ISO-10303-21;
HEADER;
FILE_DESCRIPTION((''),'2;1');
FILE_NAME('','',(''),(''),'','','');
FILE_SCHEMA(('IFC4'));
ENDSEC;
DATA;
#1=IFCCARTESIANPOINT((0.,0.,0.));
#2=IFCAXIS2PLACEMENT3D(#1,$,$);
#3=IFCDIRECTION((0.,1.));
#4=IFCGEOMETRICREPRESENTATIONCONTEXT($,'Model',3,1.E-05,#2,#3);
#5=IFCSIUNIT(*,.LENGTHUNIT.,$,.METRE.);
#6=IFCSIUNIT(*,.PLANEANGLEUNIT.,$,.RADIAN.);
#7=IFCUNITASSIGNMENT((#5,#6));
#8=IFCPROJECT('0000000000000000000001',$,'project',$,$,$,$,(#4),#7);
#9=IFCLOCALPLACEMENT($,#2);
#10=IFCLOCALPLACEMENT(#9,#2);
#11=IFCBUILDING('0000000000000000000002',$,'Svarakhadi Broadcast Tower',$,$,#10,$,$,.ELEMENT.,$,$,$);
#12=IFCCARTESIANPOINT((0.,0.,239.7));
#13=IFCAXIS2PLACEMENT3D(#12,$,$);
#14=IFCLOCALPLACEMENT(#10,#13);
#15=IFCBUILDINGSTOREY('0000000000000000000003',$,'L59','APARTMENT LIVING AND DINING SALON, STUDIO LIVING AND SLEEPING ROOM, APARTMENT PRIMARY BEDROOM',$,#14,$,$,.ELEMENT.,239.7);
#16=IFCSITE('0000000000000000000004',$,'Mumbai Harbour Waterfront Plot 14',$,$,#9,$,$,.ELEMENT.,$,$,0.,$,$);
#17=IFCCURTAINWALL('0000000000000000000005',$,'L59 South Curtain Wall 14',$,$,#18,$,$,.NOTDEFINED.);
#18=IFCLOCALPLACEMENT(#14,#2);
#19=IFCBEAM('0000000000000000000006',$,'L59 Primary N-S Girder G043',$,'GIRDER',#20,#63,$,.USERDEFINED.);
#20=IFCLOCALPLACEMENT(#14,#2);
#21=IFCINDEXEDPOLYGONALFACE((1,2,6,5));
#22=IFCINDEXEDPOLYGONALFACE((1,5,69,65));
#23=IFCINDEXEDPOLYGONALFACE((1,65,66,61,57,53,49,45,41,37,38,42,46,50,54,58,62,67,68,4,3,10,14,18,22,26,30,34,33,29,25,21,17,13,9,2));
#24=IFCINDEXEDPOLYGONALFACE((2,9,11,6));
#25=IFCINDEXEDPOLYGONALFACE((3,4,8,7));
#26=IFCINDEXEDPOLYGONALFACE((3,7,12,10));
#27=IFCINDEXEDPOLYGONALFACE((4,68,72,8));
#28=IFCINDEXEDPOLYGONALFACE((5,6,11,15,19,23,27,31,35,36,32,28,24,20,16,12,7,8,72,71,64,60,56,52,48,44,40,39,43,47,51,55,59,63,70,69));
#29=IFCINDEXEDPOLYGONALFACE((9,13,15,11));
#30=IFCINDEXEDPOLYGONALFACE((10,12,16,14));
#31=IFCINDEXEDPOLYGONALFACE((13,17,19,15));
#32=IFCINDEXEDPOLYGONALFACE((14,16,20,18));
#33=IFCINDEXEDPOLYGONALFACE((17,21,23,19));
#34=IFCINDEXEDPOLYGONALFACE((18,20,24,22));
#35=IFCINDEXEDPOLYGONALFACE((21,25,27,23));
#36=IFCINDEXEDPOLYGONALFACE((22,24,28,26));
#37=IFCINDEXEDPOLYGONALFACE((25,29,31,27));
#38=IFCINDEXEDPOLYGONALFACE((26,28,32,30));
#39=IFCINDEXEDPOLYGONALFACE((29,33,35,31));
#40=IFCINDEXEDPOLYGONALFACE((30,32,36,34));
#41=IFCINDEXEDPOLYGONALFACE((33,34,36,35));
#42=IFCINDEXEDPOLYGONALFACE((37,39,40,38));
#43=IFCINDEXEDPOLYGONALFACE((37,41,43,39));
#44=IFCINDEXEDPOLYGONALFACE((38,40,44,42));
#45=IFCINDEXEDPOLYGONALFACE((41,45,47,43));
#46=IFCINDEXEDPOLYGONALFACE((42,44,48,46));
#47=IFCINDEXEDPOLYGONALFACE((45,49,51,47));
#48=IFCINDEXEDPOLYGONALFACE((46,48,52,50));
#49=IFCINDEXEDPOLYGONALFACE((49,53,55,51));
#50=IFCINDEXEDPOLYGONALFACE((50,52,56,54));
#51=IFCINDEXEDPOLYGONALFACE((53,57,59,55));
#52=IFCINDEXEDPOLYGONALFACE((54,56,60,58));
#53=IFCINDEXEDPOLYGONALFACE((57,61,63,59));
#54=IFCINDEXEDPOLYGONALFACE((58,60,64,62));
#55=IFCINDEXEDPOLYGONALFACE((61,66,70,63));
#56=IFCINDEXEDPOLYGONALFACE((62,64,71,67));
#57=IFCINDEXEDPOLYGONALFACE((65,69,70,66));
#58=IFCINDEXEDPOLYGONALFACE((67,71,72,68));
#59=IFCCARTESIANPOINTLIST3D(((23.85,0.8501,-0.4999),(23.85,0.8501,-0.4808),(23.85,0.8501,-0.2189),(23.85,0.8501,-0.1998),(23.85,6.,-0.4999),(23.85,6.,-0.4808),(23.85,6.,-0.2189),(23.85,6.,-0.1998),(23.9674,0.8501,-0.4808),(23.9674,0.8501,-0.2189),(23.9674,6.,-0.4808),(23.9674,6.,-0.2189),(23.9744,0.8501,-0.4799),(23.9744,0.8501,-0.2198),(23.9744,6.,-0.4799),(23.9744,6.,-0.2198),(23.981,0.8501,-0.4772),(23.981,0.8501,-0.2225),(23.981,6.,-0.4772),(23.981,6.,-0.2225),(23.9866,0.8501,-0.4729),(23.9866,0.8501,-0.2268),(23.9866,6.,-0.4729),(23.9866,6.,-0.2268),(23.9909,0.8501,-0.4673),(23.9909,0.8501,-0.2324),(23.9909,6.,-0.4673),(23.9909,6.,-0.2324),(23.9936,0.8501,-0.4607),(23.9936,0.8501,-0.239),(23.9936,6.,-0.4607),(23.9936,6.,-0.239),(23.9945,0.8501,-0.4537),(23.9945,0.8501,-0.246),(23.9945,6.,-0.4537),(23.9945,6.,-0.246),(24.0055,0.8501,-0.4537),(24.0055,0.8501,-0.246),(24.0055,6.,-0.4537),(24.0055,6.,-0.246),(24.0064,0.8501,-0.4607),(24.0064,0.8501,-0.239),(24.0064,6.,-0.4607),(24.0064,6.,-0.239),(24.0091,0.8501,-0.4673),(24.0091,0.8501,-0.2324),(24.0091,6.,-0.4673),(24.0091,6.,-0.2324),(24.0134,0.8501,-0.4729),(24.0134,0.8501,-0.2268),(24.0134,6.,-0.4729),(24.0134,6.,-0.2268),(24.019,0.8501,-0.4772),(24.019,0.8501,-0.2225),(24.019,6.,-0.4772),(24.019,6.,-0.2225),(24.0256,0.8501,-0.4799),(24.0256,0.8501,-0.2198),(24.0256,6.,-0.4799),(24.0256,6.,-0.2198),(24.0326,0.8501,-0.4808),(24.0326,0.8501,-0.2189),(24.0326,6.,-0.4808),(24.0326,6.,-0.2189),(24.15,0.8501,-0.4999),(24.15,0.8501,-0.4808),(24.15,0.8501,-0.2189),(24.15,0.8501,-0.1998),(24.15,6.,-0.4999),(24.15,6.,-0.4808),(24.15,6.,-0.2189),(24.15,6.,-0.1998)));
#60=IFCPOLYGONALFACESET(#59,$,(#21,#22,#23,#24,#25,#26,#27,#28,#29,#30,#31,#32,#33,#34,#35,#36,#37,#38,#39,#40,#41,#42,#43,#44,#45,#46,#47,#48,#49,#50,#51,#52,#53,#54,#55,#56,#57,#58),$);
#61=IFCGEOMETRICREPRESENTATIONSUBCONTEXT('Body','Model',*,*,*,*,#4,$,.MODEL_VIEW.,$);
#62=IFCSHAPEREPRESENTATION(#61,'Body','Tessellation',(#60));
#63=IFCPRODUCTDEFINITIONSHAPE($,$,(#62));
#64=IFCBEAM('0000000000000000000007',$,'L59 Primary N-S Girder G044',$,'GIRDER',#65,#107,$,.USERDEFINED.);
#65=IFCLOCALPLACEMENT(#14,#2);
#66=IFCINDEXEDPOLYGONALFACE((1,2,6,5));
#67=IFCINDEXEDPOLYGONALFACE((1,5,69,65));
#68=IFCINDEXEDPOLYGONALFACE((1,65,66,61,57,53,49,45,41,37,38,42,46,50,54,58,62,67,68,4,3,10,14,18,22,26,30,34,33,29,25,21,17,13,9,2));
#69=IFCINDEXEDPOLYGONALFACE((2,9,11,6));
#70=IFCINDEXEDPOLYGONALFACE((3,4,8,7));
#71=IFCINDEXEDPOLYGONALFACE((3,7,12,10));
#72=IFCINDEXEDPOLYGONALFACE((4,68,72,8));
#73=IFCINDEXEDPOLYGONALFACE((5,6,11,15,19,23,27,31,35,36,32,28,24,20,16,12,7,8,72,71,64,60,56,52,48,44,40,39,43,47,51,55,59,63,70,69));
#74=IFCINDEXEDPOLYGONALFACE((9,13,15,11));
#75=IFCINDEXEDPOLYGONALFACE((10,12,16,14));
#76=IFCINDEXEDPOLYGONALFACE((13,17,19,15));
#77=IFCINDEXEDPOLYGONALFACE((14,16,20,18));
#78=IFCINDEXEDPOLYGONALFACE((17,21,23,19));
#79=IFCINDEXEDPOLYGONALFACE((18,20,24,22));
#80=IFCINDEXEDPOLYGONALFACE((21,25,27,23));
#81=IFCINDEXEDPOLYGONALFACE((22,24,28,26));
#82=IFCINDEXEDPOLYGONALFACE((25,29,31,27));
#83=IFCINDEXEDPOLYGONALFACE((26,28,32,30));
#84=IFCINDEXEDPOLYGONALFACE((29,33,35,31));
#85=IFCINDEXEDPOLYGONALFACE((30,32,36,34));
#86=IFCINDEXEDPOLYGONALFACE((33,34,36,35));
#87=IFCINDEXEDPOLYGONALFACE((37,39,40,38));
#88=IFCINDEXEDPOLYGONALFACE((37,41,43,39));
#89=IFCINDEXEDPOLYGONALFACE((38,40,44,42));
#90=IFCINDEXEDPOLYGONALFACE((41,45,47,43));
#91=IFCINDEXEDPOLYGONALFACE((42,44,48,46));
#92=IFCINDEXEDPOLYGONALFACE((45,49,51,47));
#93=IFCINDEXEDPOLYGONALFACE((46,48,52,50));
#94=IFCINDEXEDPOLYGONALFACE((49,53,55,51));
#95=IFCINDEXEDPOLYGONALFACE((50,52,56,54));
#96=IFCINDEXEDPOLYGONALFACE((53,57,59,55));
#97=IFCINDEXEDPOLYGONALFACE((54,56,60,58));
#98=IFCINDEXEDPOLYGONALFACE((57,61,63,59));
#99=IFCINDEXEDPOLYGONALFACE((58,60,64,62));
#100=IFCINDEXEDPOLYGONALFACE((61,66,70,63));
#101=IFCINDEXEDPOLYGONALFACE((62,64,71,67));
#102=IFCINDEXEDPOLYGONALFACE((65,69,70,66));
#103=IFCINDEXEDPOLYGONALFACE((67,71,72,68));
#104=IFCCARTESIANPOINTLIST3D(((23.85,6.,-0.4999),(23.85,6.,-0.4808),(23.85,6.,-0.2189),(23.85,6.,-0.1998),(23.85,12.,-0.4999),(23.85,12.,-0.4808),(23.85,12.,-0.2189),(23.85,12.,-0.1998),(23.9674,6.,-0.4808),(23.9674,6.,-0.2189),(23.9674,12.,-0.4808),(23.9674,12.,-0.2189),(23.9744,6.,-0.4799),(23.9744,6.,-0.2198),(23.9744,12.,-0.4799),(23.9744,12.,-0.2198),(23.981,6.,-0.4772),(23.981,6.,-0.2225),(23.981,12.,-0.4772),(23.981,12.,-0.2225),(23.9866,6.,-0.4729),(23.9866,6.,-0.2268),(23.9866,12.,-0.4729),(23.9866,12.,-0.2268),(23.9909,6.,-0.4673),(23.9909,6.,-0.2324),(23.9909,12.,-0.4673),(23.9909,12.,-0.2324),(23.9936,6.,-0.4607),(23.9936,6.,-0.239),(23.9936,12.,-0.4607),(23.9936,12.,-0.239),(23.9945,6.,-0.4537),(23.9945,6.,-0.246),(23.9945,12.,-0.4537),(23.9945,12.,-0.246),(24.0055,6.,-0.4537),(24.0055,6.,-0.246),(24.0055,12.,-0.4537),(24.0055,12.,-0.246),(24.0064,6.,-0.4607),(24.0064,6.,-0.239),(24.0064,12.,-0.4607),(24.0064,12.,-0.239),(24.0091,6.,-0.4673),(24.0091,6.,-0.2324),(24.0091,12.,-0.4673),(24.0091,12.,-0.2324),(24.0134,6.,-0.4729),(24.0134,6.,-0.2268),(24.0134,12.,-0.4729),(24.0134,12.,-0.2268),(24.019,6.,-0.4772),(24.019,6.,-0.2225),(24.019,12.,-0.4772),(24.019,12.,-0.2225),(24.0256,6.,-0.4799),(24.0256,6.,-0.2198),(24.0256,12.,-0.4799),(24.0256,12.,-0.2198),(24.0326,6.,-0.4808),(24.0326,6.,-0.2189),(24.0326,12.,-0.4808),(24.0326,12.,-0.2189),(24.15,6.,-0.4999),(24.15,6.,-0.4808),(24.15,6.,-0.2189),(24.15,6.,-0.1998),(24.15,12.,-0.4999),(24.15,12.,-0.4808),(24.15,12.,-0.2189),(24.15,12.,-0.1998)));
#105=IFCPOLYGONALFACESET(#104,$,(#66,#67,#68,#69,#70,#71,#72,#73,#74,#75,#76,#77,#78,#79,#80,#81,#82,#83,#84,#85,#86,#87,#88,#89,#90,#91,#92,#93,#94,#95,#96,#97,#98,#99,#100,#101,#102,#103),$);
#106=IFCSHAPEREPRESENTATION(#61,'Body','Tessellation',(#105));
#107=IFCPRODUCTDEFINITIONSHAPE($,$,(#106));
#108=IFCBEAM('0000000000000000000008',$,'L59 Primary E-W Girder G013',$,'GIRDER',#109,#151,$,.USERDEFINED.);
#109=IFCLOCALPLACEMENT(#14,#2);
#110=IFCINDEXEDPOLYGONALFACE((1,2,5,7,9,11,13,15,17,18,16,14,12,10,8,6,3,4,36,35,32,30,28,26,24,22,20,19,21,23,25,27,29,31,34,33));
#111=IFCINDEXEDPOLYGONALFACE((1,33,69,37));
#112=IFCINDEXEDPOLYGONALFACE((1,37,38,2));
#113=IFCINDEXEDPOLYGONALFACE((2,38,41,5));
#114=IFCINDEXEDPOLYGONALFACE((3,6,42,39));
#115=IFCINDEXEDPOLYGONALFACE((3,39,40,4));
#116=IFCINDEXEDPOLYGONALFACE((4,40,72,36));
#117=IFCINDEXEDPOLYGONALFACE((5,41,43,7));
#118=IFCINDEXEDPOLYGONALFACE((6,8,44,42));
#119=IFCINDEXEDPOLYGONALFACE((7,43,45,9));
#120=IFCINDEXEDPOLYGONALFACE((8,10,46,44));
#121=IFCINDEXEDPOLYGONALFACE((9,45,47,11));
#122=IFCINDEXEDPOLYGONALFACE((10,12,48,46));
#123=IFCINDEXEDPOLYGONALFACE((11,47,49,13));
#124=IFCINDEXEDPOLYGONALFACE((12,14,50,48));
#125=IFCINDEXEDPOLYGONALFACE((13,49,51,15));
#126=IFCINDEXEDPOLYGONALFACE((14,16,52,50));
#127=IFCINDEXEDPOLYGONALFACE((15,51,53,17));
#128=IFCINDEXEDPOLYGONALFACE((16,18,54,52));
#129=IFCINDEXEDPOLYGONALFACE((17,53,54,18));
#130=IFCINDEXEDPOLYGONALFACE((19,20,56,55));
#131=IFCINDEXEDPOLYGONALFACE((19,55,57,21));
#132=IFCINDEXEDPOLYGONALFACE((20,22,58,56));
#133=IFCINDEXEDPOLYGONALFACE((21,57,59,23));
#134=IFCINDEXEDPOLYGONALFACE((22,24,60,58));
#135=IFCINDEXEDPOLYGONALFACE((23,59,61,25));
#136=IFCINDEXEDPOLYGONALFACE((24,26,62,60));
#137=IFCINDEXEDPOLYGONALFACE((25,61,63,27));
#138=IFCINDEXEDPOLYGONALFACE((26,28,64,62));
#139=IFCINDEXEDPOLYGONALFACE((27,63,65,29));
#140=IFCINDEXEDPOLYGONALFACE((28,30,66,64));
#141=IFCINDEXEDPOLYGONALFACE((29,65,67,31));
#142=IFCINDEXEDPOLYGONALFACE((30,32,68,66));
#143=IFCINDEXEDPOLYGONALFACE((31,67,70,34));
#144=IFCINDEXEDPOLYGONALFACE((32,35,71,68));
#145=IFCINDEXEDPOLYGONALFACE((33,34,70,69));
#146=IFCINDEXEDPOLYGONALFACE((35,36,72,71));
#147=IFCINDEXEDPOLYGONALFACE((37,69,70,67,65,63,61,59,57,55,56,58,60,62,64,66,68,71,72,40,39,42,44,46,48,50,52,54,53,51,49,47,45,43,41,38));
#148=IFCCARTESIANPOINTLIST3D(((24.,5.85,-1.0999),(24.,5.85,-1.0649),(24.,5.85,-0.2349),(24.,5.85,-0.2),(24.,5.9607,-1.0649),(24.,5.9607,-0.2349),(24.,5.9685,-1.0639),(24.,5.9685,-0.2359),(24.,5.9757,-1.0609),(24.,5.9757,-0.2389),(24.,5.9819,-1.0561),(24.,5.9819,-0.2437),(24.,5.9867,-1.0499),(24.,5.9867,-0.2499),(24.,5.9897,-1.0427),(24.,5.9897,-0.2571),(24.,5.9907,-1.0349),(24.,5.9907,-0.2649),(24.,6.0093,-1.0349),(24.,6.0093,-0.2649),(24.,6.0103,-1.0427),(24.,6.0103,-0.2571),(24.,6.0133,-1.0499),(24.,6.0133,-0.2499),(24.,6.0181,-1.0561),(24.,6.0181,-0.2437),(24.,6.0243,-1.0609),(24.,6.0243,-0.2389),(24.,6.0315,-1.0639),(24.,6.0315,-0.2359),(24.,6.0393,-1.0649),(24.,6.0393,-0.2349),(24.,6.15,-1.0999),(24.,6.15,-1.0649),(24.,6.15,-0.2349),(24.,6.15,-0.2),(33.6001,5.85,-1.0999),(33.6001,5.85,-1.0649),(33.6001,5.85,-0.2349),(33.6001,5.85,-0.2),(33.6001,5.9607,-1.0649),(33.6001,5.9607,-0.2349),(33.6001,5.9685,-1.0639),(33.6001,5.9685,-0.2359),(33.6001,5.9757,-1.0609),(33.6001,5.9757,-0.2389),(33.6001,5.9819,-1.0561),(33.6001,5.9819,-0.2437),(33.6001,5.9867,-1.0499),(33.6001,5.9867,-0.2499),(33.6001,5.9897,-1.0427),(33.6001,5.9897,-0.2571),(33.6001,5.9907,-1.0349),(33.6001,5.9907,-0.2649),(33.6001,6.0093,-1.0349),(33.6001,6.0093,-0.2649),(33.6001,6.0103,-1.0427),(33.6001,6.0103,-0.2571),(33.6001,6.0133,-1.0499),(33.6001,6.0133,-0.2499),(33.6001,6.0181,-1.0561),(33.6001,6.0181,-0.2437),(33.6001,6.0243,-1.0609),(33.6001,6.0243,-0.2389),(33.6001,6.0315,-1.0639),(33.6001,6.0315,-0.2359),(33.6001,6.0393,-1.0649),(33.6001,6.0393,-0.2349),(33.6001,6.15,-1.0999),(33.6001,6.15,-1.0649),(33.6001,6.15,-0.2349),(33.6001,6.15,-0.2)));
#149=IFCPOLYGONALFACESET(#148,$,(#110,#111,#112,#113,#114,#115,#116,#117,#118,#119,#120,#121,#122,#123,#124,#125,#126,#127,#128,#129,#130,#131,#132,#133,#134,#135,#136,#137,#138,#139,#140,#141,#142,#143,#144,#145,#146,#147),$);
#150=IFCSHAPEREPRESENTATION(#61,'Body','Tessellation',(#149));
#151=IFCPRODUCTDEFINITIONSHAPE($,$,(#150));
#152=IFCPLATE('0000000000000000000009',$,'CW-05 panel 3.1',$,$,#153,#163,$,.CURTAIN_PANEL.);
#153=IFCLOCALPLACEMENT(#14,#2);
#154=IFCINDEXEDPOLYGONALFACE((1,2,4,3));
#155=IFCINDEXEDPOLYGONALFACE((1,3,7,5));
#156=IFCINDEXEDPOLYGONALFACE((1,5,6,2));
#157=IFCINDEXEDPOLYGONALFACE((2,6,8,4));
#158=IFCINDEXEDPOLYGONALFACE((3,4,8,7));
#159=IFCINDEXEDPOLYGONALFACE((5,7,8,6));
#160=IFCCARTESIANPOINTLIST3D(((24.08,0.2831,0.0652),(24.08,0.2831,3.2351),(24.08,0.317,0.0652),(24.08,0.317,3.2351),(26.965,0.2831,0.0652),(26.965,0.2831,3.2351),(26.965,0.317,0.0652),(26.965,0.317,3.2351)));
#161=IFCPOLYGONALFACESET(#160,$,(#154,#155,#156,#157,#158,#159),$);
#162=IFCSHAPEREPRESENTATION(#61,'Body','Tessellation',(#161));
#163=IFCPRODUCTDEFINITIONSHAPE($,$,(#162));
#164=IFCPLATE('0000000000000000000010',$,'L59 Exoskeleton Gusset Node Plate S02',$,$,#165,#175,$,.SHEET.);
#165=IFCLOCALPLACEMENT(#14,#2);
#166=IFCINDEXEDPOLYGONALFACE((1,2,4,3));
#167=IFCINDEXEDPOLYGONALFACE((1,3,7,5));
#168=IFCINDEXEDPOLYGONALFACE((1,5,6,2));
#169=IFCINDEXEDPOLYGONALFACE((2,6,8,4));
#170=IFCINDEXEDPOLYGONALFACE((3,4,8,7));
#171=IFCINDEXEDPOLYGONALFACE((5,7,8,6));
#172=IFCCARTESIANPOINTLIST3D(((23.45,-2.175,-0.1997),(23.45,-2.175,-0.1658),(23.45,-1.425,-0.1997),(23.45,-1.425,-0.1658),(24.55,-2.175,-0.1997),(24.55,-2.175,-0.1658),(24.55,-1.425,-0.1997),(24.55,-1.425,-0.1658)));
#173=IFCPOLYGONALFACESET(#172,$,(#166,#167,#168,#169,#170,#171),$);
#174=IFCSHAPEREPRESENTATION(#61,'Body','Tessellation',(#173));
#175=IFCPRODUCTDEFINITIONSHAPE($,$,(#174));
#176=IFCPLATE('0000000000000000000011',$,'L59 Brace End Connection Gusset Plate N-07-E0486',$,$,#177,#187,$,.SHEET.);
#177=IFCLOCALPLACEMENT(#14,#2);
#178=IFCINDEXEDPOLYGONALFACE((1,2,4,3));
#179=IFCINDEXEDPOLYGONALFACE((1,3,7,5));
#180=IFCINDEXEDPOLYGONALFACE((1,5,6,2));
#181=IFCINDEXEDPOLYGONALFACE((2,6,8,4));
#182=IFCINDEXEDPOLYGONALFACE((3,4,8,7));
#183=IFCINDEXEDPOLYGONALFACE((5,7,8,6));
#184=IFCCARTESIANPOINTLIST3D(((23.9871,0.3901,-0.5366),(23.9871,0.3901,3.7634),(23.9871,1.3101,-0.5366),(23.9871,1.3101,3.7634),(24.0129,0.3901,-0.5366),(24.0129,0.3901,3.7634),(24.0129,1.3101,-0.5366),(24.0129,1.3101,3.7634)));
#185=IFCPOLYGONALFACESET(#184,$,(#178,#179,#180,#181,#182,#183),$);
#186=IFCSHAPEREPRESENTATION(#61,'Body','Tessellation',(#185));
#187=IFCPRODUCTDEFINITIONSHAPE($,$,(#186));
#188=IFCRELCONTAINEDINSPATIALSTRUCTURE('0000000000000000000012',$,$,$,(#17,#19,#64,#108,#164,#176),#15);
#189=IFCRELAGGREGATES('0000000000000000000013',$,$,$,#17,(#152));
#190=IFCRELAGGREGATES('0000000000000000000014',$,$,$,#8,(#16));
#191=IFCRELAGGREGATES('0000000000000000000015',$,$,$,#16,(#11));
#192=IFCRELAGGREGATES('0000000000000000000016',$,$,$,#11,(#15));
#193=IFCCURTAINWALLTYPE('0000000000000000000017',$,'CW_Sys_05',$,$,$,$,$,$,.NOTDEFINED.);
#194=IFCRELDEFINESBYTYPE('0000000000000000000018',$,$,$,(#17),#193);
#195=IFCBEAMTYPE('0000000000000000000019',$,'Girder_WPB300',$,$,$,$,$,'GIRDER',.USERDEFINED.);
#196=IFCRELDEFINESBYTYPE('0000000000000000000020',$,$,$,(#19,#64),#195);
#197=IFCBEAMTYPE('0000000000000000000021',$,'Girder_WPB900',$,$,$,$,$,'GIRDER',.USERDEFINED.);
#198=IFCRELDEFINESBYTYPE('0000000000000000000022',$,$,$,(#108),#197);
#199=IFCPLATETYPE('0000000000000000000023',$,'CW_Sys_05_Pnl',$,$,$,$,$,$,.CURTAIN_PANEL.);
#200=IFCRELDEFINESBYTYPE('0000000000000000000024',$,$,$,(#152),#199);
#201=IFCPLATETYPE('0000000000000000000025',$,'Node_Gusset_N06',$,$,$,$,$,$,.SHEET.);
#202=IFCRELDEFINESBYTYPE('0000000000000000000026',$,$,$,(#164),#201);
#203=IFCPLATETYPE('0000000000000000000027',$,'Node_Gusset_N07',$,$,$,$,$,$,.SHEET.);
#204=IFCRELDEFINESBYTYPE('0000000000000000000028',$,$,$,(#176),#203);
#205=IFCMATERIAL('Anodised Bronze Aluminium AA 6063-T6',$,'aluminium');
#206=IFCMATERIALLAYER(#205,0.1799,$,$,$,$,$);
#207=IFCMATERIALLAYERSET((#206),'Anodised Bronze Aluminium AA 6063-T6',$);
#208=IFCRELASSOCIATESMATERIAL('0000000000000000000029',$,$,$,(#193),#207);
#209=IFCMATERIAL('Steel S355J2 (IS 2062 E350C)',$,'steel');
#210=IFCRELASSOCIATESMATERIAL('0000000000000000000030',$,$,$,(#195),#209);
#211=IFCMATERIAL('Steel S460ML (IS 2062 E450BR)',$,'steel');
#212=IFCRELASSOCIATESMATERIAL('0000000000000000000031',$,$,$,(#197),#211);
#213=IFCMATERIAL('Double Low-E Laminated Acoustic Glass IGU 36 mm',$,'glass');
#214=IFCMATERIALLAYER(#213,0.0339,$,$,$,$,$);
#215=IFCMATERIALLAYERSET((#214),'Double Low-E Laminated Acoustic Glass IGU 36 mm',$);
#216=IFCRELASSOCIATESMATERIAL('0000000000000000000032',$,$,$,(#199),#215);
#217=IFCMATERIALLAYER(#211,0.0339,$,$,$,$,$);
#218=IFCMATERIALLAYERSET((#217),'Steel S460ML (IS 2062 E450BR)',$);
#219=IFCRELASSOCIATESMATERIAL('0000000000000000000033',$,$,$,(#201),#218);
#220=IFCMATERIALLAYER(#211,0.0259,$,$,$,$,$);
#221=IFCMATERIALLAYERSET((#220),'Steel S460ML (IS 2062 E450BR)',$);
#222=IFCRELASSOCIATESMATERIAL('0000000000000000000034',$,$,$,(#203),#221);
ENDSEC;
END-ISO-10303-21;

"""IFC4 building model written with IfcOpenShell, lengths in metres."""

from ifc_helpers import new_model, si_unit, direction, frame, origin, origin_2d, place, context, subcontext, project, spatial, rectangle, i_section, extrude, material, layer, layer_set, material_profile, profile_set, type_object, element, aggregate, save


model = new_model("IFC4")

# Units and contexts
model_context = context("Model", 3, precision=1e-05, world=origin(), true_north=direction((0.0, 1.0)))
body_context = subcontext(model_context, "Body", "Model", "MODEL_VIEW")
ifc_project = project(units=[si_unit("LENGTHUNIT", "METRE"), si_unit("PLANEANGLEUNIT", "RADIAN")], contexts=[model_context])

# Site, building, storey
site_placement = place(None, origin())
site = spatial("IfcSite", under=ifc_project, at=site_placement, Name="Mumbai Harbour Waterfront Plot 14", CompositionType="ELEMENT", RefElevation=0.0)
building_placement = place(site_placement, origin())
building = spatial("IfcBuilding", under=site, at=building_placement, Name="Svarakhadi Broadcast Tower", CompositionType="ELEMENT")
storey_placement = place(building_placement, frame((0.0, 0.0, 239.7)))
storey = spatial("IfcBuildingStorey", under=building, at=storey_placement, Name="L59", Description="APARTMENT LIVING AND DINING SALON, STUDIO LIVING AND SLEEPING ROOM, APARTMENT PRIMARY BEDROOM", CompositionType="ELEMENT", Elevation=239.7)

# Shared definitions
ifc_material_1 = material(Name="Steel S460ML (IS 2062 E450BR)", Category="steel")

# Curtain wall
ifc_material_2 = material(Name="Anodised Bronze Aluminium AA 6063-T6", Category="aluminium")
ifc_layer_1 = layer(ifc_material_2, 0.1799)
ifc_layer_set_1 = layer_set([ifc_layer_1], Name="Anodised Bronze Aluminium AA 6063-T6")
curtain_wall_type = type_object("IfcCurtainWallType", Name="CW_Sys_05", PredefinedType="NOTDEFINED", material=ifc_layer_set_1)
curtain_wall_placement = place(storey_placement, origin())
curtain_wall = element("IfcCurtainWall", 1, at=curtain_wall_placement, inside=storey, type_object=curtain_wall_type, Name="L59 South Curtain Wall 14", PredefinedType="NOTDEFINED")

# Beams
ifc_material_3 = material(Name="Steel S355J2 (IS 2062 E350C)", Category="steel")
ifc_material_profile_1 = material_profile(ifc_material_3, i_section(OverallWidth=0.3, OverallDepth=0.3, WebThickness=0.011, FlangeThickness=0.019, FilletRadius=0.0271, at=origin_2d()), Name="WPB 300x300x117")
ifc_profile_set_1 = profile_set([ifc_material_profile_1], Name="Steel S355J2 (IS 2062 E350C)")
beam_type_1 = type_object("IfcBeamType", Name="Girder_WPB300", ElementType="GIRDER", PredefinedType="USERDEFINED", material=ifc_profile_set_1)
beam_1_placement = place(storey_placement, frame((24.0, 0.8501, -0.3499), z_axis=(0.0, 1.0, 0.0), x_axis=(-1.0, 0.0, 0.0)))
element("IfcBeam", 2, at=beam_1_placement, inside=storey, type_object=beam_type_1, Name="L59 Primary N-S Girder G043", ObjectType="GIRDER", PredefinedType="USERDEFINED", context=body_context, shape_type="SweptSolid", body=[
    extrude(i_section(OverallWidth=0.3, OverallDepth=0.3, WebThickness=0.011, FlangeThickness=0.019, FilletRadius=0.0271, at=origin_2d()), origin(), (0.0, 0.0, 1.0), 5.1499),
])
beam_2_placement = place(storey_placement, frame((24.0, 6.0, -0.3499), z_axis=(0.0, 1.0, 0.0), x_axis=(-1.0, 0.0, 0.0)))
element("IfcBeam", 3, at=beam_2_placement, inside=storey, type_object=beam_type_1, Name="L59 Primary N-S Girder G044", ObjectType="GIRDER", PredefinedType="USERDEFINED", context=body_context, shape_type="SweptSolid", body=[
    extrude(i_section(OverallWidth=0.3, OverallDepth=0.3, WebThickness=0.011, FlangeThickness=0.019, FilletRadius=0.0271, at=origin_2d()), origin(), (0.0, 0.0, 1.0), 6.0),
])
ifc_material_profile_2 = material_profile(ifc_material_1, i_section(OverallWidth=0.3, OverallDepth=0.8999, WebThickness=0.0186, FlangeThickness=0.0349, FilletRadius=0.03, at=origin_2d()), Name="WPB 900x300x291")
ifc_profile_set_2 = profile_set([ifc_material_profile_2], Name="Steel S460ML (IS 2062 E450BR)")
beam_type_2 = type_object("IfcBeamType", Name="Girder_WPB900", ElementType="GIRDER", PredefinedType="USERDEFINED", material=ifc_profile_set_2)
beam_3_placement = place(storey_placement, frame((24.0, 6.0, -0.6499), z_axis=(1.0, 0.0, 0.0), x_axis=(0.0, 1.0, 0.0)))
element("IfcBeam", 4, at=beam_3_placement, inside=storey, type_object=beam_type_2, Name="L59 Primary E-W Girder G013", ObjectType="GIRDER", PredefinedType="USERDEFINED", context=body_context, shape_type="SweptSolid", body=[
    extrude(i_section(OverallWidth=0.3, OverallDepth=0.8999, WebThickness=0.0186, FlangeThickness=0.0349, FilletRadius=0.03, at=origin_2d()), origin(), (0.0, 0.0, 1.0), 9.6001),
])

# Plate
ifc_material_4 = material(Name="Double Low-E Laminated Acoustic Glass IGU 36 mm", Category="glass")
ifc_layer_2 = layer(ifc_material_4, 0.0339)
ifc_layer_set_2 = layer_set([ifc_layer_2], Name="Double Low-E Laminated Acoustic Glass IGU 36 mm")
plate_type_1 = type_object("IfcPlateType", Name="CW_Sys_05_Pnl", PredefinedType="CURTAIN_PANEL", material=ifc_layer_set_2)
plate_1_placement = place(storey_placement, frame((25.5225, 0.3, 0.0652), z_axis=(0.0, 0.0, 1.0), x_axis=(-1.0, 0.0, 0.0)))
plate_1 = element("IfcPlate", 5, at=plate_1_placement, type_object=plate_type_1, Name="CW-05 panel 3.1", PredefinedType="CURTAIN_PANEL", context=body_context, shape_type="SweptSolid", body=[
    extrude(rectangle(XDim=2.885, YDim=0.0339, at=origin_2d()), origin(), (0.0, 0.0, 1.0), 3.1699),
])
aggregate(curtain_wall, [plate_1])

# Plates
ifc_layer_3 = layer(ifc_material_1, 0.0339)
ifc_layer_set_3 = layer_set([ifc_layer_3], Name="Steel S460ML (IS 2062 E450BR)")
plate_type_2 = type_object("IfcPlateType", Name="Node_Gusset_N06", PredefinedType="SHEET", material=ifc_layer_set_3)
plate_2_placement = place(storey_placement, frame((24.0, -1.8, -0.1997), z_axis=(0.0, 0.0, 1.0), x_axis=(1.0, 0.0, 0.0)))
element("IfcPlate", 6, at=plate_2_placement, inside=storey, type_object=plate_type_2, Name="L59 Exoskeleton Gusset Node Plate S02", PredefinedType="SHEET", context=body_context, shape_type="SweptSolid", body=[
    extrude(rectangle(XDim=1.1001, YDim=0.75, at=origin_2d()), origin(), (0.0, 0.0, 1.0), 0.0339),
])
ifc_layer_4 = layer(ifc_material_1, 0.0259)
ifc_layer_set_4 = layer_set([ifc_layer_4], Name="Steel S460ML (IS 2062 E450BR)")
plate_type_3 = type_object("IfcPlateType", Name="Node_Gusset_N07", PredefinedType="SHEET", material=ifc_layer_set_4)
plate_3_placement = place(storey_placement, frame((24.0, 0.8501, -0.5366), z_axis=(0.0, 0.0, 1.0), x_axis=(0.0, 1.0, 0.0)))
element("IfcPlate", 7, at=plate_3_placement, inside=storey, type_object=plate_type_3, Name="L59 Brace End Connection Gusset Plate N-07-E0486", PredefinedType="SHEET", context=body_context, shape_type="SweptSolid", body=[
    extrude(rectangle(XDim=0.9199, YDim=0.0259, at=origin_2d()), origin(), (0.0, 0.0, 1.0), 4.3),
])

save(model, "model.ifc")
